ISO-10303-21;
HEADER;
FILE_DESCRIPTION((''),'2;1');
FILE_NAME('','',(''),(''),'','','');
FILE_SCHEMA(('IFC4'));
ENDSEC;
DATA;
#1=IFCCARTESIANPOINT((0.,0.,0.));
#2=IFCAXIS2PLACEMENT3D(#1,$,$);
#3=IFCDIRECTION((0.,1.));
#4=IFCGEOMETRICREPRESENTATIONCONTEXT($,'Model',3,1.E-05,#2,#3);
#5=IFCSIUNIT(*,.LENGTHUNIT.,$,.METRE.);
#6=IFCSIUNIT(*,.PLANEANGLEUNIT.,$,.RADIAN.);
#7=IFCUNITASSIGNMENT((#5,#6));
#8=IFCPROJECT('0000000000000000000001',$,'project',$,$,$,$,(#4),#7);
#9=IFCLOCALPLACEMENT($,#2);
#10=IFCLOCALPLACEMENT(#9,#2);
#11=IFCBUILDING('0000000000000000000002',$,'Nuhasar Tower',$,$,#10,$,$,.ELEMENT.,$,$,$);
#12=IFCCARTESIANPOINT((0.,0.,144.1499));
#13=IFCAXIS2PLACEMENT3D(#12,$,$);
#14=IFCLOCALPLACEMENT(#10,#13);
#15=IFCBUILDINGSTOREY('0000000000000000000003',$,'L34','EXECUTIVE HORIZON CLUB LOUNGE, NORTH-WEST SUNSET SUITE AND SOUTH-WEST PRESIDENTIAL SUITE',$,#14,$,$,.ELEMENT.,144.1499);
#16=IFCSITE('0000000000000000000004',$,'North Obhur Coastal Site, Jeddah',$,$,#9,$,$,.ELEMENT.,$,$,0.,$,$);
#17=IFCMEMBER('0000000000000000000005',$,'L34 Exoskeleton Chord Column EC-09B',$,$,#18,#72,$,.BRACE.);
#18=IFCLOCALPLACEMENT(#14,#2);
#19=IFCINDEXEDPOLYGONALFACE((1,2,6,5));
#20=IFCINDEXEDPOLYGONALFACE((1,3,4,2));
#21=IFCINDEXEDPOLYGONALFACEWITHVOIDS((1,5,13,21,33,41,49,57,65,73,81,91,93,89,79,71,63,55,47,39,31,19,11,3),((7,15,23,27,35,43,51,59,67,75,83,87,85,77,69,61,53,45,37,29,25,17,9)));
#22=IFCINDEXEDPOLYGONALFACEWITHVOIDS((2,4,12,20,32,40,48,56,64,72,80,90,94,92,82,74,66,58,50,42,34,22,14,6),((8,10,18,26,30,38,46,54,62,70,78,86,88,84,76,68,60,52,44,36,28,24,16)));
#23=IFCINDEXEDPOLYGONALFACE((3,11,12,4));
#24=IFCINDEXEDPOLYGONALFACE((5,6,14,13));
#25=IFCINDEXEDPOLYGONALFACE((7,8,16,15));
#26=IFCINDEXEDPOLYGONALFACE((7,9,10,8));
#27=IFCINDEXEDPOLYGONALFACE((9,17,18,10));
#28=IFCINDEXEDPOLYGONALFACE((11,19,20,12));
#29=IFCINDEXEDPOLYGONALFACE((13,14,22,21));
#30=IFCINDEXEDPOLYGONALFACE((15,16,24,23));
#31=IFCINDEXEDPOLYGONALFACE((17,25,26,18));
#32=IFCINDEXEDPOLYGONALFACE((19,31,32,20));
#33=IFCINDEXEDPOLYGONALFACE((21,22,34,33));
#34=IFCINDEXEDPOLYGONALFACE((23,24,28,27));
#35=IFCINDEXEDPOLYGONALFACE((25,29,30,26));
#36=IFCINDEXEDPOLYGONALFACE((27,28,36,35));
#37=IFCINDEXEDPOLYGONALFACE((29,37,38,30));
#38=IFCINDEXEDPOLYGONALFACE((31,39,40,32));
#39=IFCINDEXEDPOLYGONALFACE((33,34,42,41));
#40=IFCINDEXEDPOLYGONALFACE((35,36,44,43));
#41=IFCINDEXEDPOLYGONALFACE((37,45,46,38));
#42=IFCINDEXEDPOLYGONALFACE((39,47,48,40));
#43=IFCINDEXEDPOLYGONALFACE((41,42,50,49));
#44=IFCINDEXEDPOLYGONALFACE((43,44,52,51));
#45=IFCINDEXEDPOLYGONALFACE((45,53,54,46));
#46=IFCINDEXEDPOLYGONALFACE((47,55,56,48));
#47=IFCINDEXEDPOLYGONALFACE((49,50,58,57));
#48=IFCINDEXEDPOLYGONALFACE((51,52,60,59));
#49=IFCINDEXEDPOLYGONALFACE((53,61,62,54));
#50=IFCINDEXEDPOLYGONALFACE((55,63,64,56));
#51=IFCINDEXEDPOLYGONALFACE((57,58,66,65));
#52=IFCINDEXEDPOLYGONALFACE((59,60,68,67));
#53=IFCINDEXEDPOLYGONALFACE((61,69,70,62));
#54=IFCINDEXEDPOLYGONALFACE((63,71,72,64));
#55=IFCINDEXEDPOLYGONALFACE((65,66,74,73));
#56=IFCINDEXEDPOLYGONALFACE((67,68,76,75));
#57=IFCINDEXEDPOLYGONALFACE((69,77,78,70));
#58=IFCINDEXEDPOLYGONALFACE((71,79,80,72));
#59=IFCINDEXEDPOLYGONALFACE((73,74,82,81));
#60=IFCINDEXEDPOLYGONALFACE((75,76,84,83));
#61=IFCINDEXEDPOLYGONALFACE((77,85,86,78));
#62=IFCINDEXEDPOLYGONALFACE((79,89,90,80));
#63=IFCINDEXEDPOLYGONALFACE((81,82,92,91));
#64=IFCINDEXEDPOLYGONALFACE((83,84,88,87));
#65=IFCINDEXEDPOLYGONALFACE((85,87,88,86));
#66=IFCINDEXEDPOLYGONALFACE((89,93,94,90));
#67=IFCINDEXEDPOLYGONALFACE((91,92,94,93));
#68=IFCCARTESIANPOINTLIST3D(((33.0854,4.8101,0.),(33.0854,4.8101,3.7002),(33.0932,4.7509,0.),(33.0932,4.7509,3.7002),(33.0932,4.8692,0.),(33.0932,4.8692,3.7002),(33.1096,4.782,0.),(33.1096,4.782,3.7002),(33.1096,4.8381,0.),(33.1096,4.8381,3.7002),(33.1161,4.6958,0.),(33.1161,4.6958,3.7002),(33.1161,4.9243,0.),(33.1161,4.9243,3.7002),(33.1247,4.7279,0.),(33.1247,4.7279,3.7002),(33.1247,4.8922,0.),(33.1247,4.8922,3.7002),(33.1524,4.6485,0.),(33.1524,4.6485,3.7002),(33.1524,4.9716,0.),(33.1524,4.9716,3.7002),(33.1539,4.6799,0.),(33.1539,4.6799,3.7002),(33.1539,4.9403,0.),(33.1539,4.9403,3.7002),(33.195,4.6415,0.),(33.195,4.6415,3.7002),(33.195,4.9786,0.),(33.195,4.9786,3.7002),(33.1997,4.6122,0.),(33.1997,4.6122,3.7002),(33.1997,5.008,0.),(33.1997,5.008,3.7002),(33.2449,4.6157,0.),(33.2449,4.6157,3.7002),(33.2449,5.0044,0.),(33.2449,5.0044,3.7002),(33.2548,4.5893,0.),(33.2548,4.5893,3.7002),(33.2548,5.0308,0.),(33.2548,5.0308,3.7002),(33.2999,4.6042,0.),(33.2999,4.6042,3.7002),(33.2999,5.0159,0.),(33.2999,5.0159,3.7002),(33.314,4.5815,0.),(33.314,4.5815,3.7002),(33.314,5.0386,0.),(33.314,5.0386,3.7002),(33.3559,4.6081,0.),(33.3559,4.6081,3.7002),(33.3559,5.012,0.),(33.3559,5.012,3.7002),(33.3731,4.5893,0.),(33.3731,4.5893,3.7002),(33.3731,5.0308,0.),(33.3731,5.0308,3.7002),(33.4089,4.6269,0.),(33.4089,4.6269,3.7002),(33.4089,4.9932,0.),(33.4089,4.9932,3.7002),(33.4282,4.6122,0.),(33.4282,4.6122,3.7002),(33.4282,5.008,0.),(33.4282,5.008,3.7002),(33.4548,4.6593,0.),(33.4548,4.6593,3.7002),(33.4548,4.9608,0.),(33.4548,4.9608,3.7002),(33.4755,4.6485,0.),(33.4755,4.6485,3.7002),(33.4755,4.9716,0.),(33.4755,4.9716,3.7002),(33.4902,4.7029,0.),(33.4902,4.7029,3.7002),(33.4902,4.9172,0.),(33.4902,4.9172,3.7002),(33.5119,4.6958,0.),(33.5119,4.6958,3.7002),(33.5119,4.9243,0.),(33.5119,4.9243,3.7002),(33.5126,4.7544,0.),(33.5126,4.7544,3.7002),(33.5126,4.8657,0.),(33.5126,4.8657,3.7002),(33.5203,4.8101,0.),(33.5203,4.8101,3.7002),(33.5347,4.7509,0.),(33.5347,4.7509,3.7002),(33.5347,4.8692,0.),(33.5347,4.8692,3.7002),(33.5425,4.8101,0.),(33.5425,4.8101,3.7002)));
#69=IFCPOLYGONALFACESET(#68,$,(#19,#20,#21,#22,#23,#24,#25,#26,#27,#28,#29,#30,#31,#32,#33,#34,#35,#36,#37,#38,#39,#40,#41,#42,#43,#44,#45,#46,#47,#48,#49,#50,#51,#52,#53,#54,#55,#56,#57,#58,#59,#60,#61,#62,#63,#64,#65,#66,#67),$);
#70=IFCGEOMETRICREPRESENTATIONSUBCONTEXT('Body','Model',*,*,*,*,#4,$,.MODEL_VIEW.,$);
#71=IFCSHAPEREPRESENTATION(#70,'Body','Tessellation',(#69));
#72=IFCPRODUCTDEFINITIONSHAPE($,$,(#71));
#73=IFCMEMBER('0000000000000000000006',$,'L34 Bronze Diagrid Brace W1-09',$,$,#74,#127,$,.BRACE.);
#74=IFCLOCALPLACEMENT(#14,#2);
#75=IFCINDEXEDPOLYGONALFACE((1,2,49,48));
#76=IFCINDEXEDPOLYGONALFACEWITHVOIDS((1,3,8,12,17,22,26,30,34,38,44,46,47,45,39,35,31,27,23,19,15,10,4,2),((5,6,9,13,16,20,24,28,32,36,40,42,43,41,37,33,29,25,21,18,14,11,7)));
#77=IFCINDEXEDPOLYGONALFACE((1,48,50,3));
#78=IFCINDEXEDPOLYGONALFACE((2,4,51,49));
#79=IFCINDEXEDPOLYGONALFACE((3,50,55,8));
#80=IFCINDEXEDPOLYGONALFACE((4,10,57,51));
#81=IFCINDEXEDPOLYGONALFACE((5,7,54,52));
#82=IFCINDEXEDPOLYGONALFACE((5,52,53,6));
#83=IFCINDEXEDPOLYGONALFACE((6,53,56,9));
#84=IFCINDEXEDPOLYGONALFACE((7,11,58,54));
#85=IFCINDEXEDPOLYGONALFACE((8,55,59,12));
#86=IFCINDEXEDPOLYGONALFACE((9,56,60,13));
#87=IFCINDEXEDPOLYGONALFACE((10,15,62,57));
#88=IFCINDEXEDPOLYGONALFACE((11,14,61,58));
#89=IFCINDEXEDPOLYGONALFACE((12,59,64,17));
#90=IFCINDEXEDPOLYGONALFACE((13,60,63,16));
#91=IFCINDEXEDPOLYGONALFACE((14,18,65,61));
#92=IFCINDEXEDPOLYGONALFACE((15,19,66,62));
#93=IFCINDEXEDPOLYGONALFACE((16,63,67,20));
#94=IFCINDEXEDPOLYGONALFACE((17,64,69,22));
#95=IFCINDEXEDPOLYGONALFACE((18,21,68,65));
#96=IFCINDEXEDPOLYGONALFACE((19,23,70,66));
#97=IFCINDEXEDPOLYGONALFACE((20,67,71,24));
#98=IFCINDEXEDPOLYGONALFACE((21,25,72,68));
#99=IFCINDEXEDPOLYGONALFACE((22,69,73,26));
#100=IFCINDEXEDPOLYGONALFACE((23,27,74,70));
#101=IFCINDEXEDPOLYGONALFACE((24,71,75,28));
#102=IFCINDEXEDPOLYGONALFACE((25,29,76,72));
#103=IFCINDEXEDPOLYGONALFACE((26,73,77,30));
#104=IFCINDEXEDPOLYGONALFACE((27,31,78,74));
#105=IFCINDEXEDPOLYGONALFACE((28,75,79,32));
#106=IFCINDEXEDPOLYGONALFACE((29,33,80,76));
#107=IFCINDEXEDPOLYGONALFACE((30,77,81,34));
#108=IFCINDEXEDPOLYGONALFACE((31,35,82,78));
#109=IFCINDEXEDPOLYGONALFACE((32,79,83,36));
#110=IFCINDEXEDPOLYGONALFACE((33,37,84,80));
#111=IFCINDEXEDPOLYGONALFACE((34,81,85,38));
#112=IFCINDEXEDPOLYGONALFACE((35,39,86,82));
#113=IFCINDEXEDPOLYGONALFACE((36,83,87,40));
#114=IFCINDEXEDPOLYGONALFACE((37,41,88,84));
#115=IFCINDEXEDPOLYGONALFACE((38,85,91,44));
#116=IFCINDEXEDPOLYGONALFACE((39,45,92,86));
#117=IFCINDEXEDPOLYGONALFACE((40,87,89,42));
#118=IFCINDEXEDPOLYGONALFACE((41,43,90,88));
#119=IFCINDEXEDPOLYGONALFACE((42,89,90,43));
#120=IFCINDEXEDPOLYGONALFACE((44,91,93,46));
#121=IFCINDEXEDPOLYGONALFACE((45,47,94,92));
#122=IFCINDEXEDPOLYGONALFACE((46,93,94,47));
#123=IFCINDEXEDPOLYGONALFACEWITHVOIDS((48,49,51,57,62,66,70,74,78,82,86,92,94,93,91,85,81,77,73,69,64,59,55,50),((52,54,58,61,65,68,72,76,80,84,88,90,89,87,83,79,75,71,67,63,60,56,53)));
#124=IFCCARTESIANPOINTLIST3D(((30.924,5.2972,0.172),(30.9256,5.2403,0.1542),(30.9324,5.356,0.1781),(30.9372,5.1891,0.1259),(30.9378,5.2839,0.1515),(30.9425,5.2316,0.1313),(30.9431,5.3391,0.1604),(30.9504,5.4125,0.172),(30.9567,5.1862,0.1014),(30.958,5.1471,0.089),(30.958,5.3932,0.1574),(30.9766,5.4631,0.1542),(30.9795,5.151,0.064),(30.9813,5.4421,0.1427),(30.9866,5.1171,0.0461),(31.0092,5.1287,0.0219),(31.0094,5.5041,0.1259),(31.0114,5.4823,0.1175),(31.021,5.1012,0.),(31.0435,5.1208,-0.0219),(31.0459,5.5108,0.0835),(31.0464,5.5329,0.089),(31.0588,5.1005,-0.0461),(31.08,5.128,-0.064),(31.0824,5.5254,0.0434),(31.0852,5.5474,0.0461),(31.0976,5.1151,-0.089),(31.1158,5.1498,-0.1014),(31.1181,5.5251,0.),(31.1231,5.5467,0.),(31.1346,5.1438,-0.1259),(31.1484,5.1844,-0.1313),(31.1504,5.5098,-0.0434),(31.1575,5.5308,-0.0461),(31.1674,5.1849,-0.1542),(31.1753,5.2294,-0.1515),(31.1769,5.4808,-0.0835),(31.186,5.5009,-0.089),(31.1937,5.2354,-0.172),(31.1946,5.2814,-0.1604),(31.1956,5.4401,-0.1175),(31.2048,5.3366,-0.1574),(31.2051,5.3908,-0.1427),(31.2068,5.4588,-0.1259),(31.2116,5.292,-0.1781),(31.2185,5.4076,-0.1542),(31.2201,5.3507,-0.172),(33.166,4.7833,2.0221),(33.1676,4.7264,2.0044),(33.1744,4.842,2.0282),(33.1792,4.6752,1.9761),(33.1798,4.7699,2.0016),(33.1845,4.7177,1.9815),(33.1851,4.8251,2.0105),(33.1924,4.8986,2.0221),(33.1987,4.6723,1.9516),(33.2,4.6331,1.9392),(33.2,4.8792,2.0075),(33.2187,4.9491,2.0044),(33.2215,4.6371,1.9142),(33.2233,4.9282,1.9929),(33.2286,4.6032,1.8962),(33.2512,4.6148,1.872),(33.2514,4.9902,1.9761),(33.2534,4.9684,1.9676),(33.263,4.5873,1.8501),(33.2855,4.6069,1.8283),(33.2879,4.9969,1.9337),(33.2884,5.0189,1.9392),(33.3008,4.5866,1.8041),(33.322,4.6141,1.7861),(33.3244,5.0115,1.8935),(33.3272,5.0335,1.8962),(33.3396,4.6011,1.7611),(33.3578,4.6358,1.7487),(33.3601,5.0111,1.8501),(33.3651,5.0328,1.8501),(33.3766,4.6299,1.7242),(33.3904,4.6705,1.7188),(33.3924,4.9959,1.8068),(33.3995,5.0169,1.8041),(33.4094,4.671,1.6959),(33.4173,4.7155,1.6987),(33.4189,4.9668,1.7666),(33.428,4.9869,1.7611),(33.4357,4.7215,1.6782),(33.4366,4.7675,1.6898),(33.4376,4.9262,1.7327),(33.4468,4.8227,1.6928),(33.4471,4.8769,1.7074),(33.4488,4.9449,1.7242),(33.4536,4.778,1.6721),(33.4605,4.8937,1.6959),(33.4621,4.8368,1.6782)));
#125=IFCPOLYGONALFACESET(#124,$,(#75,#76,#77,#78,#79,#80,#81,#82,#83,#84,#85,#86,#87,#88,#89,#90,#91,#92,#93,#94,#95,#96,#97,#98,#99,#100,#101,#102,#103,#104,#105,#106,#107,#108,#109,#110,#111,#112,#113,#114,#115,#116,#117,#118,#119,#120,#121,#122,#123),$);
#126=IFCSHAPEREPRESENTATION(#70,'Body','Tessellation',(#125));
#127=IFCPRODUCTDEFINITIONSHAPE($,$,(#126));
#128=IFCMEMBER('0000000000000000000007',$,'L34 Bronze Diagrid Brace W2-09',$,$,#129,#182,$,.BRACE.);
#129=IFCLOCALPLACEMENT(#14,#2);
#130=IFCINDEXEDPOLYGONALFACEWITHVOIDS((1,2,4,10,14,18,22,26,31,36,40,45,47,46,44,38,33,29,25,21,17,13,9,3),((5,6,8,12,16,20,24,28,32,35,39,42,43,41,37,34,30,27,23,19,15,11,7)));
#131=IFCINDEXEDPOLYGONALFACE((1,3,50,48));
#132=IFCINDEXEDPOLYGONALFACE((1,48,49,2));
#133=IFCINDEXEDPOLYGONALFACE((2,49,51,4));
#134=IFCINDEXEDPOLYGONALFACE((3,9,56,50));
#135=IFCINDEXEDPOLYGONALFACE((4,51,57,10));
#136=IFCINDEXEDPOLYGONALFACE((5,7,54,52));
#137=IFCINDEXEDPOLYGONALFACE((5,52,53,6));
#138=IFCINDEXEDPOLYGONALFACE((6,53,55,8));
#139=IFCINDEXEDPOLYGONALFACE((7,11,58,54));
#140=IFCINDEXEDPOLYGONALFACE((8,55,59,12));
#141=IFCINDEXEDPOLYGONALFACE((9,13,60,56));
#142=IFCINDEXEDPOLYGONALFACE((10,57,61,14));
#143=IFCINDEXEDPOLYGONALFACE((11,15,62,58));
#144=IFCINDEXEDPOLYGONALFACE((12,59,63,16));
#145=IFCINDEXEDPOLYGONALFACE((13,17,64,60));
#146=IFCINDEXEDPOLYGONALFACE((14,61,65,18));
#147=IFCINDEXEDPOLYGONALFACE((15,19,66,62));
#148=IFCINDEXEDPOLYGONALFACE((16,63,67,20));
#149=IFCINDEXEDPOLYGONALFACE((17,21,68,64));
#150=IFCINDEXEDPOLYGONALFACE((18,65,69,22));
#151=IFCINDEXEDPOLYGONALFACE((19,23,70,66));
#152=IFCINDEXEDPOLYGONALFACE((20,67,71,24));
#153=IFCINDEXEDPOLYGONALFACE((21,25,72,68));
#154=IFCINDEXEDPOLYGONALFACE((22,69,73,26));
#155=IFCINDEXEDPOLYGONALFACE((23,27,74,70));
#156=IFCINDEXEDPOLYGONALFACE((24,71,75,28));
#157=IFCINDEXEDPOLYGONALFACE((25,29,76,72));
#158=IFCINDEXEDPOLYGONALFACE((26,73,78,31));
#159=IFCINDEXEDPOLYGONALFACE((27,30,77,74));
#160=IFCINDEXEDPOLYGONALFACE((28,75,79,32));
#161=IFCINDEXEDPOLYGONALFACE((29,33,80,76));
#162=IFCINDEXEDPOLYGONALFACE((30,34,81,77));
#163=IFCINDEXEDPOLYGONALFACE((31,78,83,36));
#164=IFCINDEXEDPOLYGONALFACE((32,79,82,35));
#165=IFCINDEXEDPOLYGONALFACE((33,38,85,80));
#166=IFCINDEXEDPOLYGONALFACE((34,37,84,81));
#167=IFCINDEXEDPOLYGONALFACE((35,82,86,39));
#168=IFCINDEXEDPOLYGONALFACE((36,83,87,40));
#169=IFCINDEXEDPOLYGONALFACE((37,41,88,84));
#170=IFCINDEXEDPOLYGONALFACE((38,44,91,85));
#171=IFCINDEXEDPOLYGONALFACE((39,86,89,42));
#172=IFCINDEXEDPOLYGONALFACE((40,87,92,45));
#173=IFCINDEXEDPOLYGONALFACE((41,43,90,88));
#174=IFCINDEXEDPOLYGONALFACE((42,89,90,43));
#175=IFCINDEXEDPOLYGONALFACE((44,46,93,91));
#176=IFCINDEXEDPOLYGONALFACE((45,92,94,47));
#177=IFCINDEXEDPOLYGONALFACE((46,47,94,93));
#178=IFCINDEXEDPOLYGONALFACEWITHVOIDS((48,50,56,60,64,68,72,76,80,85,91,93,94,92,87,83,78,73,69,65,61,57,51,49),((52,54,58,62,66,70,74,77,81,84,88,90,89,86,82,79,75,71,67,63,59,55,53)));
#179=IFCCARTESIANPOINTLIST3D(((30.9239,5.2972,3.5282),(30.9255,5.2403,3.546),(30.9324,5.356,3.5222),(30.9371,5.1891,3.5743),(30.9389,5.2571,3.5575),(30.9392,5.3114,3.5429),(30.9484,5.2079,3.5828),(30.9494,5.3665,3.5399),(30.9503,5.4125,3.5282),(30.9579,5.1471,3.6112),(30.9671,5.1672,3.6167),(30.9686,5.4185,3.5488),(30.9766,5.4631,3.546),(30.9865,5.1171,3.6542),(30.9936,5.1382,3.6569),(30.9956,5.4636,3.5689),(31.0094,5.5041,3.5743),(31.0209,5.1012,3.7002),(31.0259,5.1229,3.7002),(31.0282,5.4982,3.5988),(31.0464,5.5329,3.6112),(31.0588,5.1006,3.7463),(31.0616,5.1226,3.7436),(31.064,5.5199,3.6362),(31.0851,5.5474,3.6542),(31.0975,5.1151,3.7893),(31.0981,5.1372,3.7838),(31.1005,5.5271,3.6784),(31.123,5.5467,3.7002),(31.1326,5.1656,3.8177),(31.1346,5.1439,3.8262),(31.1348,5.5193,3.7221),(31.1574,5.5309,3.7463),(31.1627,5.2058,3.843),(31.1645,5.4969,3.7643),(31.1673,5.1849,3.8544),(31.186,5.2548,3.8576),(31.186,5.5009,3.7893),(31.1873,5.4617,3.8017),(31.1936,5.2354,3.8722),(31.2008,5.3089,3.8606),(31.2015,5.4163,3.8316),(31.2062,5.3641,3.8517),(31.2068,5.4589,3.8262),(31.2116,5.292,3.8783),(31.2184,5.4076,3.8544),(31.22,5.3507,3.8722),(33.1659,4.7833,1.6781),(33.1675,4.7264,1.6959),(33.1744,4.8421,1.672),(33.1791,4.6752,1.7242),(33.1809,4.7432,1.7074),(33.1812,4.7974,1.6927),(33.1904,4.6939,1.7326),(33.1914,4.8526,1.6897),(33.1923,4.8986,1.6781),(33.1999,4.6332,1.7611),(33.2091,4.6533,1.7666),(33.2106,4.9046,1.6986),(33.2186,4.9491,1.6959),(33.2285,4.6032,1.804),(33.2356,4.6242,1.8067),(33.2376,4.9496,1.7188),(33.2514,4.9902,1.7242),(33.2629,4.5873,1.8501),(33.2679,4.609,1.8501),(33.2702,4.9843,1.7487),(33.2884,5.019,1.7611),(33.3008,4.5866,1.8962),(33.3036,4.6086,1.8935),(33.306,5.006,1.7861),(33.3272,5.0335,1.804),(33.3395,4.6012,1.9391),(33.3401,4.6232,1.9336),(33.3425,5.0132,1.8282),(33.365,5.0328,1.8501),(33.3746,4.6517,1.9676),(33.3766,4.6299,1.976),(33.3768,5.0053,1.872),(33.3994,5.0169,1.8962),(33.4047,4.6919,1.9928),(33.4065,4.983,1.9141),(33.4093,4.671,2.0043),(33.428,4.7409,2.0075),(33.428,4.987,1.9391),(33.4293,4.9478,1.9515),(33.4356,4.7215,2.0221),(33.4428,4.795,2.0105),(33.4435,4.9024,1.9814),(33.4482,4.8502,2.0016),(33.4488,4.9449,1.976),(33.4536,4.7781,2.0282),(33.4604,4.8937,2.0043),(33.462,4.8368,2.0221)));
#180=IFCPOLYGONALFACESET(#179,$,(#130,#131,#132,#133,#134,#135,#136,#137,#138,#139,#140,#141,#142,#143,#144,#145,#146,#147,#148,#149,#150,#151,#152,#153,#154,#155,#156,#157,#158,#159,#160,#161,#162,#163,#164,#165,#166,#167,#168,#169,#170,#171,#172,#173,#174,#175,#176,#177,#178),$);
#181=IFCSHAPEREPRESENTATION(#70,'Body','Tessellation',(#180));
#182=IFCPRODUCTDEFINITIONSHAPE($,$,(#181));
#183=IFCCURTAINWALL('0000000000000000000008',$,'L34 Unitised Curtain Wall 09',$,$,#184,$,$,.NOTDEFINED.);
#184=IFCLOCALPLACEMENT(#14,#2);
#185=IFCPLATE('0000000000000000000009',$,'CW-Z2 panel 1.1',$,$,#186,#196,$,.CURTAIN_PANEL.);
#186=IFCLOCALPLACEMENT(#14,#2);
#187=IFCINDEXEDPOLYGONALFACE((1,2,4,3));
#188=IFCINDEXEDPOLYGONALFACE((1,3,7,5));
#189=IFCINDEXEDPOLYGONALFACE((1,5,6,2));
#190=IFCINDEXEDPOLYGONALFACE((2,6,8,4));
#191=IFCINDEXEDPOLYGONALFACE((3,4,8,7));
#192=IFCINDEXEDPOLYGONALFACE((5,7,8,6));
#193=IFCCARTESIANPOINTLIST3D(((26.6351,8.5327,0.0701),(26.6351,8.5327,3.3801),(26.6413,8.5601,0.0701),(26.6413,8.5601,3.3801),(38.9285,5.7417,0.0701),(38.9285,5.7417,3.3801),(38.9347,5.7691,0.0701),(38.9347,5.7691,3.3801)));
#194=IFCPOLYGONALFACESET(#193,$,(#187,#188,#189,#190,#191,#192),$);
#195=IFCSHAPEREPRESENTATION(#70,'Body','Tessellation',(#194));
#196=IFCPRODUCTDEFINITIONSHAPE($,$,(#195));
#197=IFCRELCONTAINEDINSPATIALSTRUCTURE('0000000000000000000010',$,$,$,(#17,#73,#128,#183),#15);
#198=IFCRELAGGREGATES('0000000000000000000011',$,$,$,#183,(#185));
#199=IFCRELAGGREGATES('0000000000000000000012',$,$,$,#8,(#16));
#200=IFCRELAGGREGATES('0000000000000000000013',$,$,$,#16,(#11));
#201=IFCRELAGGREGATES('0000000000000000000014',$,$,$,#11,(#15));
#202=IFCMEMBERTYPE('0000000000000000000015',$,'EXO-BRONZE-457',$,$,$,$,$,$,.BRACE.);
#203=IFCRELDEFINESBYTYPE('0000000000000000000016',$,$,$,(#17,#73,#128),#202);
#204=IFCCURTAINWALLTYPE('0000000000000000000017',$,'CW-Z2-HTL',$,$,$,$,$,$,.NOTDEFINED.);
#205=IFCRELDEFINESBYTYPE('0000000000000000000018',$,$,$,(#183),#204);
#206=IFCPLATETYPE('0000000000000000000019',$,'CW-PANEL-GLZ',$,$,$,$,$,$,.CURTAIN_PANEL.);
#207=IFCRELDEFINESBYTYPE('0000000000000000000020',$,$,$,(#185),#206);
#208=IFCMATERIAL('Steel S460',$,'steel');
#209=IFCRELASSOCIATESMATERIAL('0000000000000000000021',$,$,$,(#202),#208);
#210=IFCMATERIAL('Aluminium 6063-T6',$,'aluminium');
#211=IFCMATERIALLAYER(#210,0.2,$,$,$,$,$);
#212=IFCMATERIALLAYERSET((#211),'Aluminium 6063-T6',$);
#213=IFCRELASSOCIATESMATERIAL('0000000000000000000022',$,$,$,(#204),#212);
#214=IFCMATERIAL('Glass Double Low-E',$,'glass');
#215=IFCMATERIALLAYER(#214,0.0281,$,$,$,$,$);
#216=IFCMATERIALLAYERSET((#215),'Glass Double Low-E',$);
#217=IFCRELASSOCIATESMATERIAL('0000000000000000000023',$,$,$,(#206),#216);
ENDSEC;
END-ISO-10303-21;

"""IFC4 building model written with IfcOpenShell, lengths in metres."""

from ifc_helpers import new_model, si_unit, direction, frame, origin, origin_2d, place, context, subcontext, project, spatial, rectangle, hollow_circle, extrude, material, layer, layer_set, material_profile, profile_set, type_object, element, aggregate, save


model = new_model("IFC4")

# Units and contexts
model_context = context("Model", 3, precision=1e-05, world=origin(), true_north=direction((0.0, 1.0)))
body_context = subcontext(model_context, "Body", "Model", "MODEL_VIEW")
ifc_project = project(units=[si_unit("LENGTHUNIT", "METRE"), si_unit("PLANEANGLEUNIT", "RADIAN")], contexts=[model_context])

# Site, building, storey
site_placement = place(None, origin())
site = spatial("IfcSite", under=ifc_project, at=site_placement, Name="North Obhur Coastal Site, Jeddah", CompositionType="ELEMENT", RefElevation=0.0)
building_placement = place(site_placement, origin())
building = spatial("IfcBuilding", under=site, at=building_placement, Name="Nuhasar Tower", CompositionType="ELEMENT")
storey_placement = place(building_placement, frame((0.0, 0.0, 144.1499)))
storey = spatial("IfcBuildingStorey", under=building, at=storey_placement, Name="L34", Description="EXECUTIVE HORIZON CLUB LOUNGE, NORTH-WEST SUNSET SUITE AND SOUTH-WEST PRESIDENTIAL SUITE", CompositionType="ELEMENT", Elevation=144.1499)

# Members
ifc_material_1 = material(Name="Steel S460", Category="steel")
ifc_material_profile_1 = material_profile(ifc_material_1, hollow_circle(Radius=0.2285, WallThickness=0.0222, at=origin_2d()), Name="HSS457X22.2")
ifc_profile_set_1 = profile_set([ifc_material_profile_1], Name="Steel S460")
member_type = type_object("IfcMemberType", Name="EXO-BRONZE-457", PredefinedType="BRACE", material=ifc_profile_set_1)
for number, where, z_axis, x_axis, name in (
    (1, (33.314, 4.8101, 0.0), (0.0, 0.0, 1.0), (1.0, 0.0, 0.0), "L34 Exoskeleton Chord Column EC-09B"),
):
    element("IfcMember", number, at=place(storey_placement, frame(where, z_axis=z_axis, x_axis=x_axis)), inside=storey, type_object=member_type, Name=name, PredefinedType="BRACE", context=body_context, shape_type="SweptSolid", body=[
        extrude(hollow_circle(Radius=0.2285, WallThickness=0.0222, at=origin_2d()), origin(), (0.0, 0.0, 1.0), 3.7002),
    ])
for number, where, z_axis, x_axis, name in (
    (2, (31.072, 5.324, 0.0), (0.75951, -0.174101, 0.626764), (0.223433, 0.974719, 0.0), "L34 Bronze Diagrid Brace W1-09"),
    (3, (33.314, 4.8101, 1.8501), (-0.75951, 0.174101, 0.626764), (-0.223433, -0.974719, 0.0), "L34 Bronze Diagrid Brace W2-09"),
):
    element("IfcMember", number, at=place(storey_placement, frame(where, z_axis=z_axis, x_axis=x_axis)), inside=storey, type_object=member_type, Name=name, PredefinedType="BRACE", context=body_context, shape_type="SweptSolid", body=[
        extrude(hollow_circle(Radius=0.2285, WallThickness=0.0222, at=origin_2d()), origin(), (0.0, 0.0, 1.0), 2.9519),
    ])

# Curtain wall, plate
ifc_material_2 = material(Name="Aluminium 6063-T6", Category="aluminium")
ifc_layer_1 = layer(ifc_material_2, 0.2)
ifc_layer_set_1 = layer_set([ifc_layer_1], Name="Aluminium 6063-T6")
curtain_wall_type = type_object("IfcCurtainWallType", Name="CW-Z2-HTL", PredefinedType="NOTDEFINED", material=ifc_layer_set_1)
curtain_wall_placement = place(storey_placement, origin())
curtain_wall = element("IfcCurtainWall", 4, at=curtain_wall_placement, inside=storey, type_object=curtain_wall_type, Name="L34 Unitised Curtain Wall 09", PredefinedType="NOTDEFINED")
ifc_material_3 = material(Name="Glass Double Low-E", Category="glass")
ifc_layer_2 = layer(ifc_material_3, 0.0281)
ifc_layer_set_2 = layer_set([ifc_layer_2], Name="Glass Double Low-E")
plate_type = type_object("IfcPlateType", Name="CW-PANEL-GLZ", PredefinedType="CURTAIN_PANEL", material=ifc_layer_set_2)
plate_placement = place(storey_placement, frame((32.7849, 7.1509, 0.0701), z_axis=(0.0, 0.0, 1.0), x_axis=(0.975184, -0.221397, 0.0)))
plate = element("IfcPlate", 5, at=plate_placement, type_object=plate_type, Name="CW-Z2 panel 1.1", PredefinedType="CURTAIN_PANEL", context=body_context, shape_type="SweptSolid", body=[
    extrude(rectangle(XDim=12.6062, YDim=0.0281, at=origin_2d()), origin(), (0.0, 0.0, 1.0), 3.3101),
])
aggregate(curtain_wall, [plate])

save(model, "model.ifc")
